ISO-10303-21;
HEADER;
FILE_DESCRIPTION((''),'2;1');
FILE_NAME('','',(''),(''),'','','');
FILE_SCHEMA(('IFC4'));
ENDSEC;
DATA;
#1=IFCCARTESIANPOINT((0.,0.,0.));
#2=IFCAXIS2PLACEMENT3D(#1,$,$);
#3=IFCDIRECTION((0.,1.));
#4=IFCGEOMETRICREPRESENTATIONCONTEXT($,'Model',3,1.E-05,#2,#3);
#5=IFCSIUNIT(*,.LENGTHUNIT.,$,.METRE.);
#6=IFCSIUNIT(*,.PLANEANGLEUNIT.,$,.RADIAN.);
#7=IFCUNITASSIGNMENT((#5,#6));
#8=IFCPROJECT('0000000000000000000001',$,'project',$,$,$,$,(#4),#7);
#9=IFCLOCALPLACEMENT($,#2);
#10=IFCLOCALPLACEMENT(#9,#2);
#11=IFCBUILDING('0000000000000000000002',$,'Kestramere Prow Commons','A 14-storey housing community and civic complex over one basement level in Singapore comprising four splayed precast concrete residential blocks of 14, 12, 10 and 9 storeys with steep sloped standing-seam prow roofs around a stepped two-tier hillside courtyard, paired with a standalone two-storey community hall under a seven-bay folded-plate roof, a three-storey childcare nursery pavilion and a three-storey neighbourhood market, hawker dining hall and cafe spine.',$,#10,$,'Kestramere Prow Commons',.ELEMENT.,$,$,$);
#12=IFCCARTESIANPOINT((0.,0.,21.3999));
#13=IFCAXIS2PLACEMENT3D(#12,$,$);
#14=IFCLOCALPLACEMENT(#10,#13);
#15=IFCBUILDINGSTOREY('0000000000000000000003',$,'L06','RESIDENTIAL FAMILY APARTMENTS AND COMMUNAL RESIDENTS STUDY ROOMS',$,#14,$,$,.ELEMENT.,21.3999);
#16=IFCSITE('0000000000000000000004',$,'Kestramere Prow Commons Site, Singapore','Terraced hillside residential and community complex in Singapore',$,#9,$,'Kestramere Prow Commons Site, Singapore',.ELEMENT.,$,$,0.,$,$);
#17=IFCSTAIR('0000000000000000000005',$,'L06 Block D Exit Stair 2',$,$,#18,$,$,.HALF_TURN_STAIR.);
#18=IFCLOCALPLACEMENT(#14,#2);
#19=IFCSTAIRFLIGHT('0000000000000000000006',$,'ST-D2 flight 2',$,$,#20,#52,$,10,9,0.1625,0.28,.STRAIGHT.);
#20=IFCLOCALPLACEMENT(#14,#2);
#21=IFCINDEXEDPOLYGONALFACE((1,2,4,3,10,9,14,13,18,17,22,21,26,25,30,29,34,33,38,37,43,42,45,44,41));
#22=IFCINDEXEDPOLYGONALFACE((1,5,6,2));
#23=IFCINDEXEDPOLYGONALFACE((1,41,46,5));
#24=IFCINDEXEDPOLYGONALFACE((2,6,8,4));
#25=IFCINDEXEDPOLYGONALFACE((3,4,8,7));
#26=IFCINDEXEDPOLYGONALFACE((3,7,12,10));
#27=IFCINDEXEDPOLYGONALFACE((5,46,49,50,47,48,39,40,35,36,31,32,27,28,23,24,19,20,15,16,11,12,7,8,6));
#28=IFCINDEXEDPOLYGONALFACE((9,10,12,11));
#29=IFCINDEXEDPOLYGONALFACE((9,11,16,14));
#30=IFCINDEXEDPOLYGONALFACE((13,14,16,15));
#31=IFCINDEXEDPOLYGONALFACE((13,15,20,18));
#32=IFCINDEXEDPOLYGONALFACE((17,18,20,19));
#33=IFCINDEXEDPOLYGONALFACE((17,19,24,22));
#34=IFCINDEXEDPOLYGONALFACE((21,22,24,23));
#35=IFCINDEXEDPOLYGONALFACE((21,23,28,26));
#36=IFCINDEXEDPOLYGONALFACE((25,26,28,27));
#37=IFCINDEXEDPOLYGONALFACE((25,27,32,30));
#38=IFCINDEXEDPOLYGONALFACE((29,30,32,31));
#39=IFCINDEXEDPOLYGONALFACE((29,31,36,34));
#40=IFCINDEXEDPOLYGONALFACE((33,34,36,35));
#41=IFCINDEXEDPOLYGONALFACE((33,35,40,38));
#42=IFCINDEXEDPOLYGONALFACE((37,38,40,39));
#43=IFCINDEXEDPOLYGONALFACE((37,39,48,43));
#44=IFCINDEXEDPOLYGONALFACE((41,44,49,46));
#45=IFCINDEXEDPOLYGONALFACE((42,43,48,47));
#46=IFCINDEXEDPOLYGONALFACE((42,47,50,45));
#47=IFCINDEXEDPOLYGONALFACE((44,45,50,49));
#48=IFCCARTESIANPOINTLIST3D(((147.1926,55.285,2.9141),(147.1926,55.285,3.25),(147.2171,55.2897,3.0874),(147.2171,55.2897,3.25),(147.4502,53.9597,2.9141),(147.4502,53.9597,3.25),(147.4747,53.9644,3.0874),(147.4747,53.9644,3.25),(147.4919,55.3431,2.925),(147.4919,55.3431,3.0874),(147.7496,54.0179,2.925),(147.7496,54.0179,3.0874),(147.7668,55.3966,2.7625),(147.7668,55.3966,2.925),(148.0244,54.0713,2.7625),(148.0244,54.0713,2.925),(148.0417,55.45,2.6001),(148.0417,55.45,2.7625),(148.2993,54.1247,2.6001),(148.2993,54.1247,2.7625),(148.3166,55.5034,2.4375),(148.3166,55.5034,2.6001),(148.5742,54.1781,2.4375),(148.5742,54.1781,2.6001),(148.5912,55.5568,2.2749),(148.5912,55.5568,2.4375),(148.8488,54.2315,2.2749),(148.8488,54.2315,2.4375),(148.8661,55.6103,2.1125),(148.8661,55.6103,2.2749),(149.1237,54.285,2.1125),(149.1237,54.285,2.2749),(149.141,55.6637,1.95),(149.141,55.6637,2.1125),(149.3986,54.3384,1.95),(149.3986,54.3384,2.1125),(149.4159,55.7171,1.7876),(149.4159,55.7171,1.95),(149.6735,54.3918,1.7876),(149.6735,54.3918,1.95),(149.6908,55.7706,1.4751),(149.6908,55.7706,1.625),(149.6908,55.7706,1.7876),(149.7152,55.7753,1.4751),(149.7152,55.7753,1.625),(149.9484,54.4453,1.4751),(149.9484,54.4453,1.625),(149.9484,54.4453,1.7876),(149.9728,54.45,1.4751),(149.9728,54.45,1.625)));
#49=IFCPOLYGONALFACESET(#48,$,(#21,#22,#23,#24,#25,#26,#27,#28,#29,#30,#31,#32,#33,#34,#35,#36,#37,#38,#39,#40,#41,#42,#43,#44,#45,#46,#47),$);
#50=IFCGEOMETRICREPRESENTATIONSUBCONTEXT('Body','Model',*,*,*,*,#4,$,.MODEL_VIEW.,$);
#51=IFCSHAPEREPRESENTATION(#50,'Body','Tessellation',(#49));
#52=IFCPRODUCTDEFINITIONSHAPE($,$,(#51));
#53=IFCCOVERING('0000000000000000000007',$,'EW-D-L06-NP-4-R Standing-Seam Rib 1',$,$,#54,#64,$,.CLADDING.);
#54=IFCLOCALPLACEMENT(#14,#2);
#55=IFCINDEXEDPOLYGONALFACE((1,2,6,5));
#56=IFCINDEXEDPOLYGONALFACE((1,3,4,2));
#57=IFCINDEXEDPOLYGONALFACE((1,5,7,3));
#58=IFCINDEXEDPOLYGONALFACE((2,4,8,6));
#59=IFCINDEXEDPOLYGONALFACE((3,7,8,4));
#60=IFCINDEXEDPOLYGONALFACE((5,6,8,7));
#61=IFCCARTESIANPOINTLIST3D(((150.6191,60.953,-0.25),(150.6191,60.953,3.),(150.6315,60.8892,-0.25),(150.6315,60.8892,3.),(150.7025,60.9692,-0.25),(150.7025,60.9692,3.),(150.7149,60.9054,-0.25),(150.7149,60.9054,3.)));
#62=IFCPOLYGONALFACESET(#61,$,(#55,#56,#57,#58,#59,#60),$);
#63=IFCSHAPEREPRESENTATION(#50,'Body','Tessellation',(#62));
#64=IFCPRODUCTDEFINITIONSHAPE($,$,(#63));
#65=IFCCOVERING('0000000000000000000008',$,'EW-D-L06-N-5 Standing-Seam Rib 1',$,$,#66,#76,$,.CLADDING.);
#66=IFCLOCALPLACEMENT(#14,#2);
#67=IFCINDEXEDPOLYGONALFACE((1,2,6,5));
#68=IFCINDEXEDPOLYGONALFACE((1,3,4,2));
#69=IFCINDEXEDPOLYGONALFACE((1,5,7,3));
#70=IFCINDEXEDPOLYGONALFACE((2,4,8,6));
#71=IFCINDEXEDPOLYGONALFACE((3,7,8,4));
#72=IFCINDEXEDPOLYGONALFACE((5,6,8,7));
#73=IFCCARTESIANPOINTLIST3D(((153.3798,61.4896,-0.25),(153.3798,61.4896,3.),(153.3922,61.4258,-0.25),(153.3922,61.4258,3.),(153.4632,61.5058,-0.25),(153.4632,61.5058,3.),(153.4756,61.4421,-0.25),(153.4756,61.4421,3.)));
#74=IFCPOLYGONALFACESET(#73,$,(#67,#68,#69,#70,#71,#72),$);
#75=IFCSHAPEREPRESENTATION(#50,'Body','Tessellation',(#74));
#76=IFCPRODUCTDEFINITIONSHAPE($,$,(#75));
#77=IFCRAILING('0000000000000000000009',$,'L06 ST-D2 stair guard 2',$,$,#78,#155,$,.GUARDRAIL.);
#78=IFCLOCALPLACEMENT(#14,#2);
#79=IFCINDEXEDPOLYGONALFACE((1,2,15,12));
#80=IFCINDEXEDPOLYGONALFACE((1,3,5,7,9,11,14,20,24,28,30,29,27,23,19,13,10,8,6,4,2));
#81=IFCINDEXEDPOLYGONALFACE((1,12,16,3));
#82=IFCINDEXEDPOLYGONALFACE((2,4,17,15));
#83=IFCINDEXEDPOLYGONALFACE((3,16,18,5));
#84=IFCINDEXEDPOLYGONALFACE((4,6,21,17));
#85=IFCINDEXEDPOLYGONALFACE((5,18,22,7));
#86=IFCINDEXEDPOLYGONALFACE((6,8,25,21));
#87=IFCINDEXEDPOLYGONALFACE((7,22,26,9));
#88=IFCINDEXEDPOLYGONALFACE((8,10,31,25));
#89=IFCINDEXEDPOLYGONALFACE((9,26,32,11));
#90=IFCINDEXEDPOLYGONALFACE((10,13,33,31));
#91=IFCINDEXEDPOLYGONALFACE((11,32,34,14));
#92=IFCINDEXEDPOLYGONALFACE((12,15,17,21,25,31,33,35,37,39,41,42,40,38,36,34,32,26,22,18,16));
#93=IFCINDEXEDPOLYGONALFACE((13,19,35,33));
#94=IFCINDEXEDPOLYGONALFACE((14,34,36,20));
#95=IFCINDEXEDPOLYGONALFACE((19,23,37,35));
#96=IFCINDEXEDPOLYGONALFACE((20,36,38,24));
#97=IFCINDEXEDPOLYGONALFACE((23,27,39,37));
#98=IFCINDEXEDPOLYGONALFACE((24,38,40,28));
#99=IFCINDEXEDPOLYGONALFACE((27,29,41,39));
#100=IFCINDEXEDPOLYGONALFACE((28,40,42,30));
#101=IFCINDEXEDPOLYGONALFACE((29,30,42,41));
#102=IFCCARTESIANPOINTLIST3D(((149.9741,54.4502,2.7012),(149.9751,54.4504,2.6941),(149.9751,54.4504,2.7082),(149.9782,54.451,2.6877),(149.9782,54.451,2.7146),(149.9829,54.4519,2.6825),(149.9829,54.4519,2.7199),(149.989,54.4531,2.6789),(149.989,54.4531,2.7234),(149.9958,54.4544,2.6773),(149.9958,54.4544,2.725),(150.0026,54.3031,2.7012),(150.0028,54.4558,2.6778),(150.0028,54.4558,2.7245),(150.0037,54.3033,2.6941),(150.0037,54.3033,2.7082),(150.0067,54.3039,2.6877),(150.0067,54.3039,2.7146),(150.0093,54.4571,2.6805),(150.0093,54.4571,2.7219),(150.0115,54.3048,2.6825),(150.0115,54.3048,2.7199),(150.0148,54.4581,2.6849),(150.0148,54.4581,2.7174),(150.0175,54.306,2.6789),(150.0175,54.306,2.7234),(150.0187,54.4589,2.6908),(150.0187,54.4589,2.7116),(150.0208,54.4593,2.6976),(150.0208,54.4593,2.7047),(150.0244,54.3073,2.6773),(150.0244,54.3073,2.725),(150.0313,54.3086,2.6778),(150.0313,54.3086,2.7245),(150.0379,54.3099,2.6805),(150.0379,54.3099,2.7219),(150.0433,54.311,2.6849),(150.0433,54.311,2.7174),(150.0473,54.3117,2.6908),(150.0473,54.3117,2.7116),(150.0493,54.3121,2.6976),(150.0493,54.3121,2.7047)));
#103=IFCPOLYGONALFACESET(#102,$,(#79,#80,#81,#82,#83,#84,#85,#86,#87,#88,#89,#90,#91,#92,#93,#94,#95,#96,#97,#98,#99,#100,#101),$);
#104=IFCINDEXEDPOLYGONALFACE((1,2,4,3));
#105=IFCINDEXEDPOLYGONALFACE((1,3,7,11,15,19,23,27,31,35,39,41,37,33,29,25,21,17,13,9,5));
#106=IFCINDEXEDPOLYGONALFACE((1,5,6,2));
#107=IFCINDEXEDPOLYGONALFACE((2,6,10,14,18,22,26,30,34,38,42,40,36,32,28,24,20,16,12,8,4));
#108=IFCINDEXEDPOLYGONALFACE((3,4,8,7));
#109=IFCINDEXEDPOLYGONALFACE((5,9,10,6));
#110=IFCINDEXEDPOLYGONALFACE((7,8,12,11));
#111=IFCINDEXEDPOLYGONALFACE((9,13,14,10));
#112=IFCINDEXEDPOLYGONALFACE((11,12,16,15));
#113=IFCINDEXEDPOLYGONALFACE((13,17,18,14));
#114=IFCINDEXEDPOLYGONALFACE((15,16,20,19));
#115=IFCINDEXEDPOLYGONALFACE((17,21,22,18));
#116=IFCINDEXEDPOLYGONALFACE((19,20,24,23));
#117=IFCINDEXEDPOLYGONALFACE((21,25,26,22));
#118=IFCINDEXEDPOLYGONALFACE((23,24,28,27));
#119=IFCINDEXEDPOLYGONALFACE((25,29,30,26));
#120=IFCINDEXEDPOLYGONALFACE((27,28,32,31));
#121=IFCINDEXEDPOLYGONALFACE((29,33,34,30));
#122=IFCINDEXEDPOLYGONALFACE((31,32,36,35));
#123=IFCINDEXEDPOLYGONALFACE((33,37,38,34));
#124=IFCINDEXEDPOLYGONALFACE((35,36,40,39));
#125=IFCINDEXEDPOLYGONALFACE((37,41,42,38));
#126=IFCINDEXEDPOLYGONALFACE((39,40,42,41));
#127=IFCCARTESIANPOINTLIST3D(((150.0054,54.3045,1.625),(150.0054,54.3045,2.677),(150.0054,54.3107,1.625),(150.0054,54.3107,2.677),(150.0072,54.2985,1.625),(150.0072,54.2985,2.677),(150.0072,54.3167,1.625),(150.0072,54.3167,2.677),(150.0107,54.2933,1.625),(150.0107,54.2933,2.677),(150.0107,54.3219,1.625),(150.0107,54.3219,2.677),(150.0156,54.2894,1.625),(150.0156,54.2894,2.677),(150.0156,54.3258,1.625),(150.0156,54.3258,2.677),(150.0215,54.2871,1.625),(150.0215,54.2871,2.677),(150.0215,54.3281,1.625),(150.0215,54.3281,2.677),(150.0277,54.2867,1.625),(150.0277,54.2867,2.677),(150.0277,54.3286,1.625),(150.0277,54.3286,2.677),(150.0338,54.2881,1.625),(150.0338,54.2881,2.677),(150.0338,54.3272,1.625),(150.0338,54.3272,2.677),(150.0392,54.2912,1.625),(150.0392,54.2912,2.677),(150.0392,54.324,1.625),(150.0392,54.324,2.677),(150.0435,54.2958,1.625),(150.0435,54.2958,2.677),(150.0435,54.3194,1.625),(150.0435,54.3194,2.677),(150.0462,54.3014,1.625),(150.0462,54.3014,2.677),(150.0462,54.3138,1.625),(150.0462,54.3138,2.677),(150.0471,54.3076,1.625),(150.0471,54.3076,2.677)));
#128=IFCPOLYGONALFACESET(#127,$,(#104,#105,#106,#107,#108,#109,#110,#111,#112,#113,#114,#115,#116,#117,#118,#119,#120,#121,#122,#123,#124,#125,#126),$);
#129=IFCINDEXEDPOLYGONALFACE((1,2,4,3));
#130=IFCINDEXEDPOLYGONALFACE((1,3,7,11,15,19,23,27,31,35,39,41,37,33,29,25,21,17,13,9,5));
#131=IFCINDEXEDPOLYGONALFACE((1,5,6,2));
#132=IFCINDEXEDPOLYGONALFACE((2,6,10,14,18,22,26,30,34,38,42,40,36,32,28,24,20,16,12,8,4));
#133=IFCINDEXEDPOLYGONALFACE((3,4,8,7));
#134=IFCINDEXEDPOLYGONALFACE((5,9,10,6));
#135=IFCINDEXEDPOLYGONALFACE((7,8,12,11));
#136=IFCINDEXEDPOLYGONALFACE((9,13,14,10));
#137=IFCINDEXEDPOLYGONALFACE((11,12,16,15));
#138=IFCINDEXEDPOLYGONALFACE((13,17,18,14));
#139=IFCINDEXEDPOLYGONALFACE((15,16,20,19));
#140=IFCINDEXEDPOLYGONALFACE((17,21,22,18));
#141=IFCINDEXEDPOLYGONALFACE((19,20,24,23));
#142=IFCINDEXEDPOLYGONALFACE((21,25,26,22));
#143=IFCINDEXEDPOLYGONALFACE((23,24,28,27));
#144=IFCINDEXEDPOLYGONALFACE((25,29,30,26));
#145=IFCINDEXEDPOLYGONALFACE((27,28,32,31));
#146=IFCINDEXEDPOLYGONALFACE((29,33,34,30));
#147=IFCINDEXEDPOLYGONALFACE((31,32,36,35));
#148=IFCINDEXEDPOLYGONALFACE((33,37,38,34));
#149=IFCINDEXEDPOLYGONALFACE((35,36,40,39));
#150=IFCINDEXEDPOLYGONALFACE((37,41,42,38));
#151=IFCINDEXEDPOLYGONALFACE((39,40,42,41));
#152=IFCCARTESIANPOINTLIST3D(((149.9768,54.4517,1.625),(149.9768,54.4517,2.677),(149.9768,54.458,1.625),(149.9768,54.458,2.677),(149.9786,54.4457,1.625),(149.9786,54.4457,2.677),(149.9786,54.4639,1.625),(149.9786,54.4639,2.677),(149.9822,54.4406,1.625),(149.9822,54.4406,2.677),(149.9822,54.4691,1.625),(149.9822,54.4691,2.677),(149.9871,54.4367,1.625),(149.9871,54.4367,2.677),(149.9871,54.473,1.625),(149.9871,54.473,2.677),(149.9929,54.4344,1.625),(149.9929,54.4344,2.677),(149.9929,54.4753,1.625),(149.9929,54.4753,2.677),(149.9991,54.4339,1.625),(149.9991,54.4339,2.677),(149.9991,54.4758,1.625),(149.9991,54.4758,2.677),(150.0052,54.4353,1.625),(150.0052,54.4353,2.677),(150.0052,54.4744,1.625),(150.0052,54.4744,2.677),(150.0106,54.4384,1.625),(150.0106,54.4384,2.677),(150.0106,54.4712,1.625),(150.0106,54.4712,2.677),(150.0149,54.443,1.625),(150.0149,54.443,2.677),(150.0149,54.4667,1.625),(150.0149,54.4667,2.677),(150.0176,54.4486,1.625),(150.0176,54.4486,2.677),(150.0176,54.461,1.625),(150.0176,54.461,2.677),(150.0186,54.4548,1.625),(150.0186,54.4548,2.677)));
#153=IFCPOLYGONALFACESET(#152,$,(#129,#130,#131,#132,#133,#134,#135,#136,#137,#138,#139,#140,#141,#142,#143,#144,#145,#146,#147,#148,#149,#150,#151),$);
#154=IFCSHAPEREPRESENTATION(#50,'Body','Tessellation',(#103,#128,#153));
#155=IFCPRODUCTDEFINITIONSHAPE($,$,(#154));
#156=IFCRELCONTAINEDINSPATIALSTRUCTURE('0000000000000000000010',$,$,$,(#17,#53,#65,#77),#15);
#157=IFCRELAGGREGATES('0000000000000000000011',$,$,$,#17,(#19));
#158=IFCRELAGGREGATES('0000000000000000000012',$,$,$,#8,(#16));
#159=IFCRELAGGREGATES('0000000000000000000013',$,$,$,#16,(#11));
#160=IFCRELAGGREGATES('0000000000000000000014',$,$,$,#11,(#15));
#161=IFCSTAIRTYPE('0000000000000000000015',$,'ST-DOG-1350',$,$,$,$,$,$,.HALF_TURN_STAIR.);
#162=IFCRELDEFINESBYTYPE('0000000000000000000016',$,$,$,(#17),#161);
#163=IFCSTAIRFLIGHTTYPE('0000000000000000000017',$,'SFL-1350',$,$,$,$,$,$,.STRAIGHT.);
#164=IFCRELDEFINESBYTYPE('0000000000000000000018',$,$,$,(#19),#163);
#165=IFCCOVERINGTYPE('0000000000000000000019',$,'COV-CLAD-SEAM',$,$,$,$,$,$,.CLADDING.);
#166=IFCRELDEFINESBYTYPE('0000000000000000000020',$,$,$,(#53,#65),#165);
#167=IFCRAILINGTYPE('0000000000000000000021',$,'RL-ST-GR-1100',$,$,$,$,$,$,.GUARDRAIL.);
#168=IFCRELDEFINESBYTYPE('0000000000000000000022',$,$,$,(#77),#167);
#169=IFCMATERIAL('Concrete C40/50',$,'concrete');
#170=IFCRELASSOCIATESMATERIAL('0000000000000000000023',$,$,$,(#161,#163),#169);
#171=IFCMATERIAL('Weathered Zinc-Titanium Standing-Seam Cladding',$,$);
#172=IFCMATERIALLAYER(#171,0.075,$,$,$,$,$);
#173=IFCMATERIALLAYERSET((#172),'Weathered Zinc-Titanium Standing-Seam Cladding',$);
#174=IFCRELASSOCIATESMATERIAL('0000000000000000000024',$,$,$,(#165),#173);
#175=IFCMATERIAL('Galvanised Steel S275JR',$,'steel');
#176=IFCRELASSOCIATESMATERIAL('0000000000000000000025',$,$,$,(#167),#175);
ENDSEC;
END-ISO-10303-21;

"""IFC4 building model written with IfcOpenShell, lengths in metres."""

from ifc_helpers import new_model, si_unit, direction, frame, origin, origin_2d, place, context, subcontext, project, spatial, polyline, rectangle, circle, outline, extrude, material, layer, layer_set, type_object, element, aggregate, save


model = new_model("IFC4")

# Units and contexts
model_context = context("Model", 3, precision=1e-05, world=origin(), true_north=direction((0.0, 1.0)))
body_context = subcontext(model_context, "Body", "Model", "MODEL_VIEW")
ifc_project = project(units=[si_unit("LENGTHUNIT", "METRE"), si_unit("PLANEANGLEUNIT", "RADIAN")], contexts=[model_context])

# Site, building, storey
site_placement = place(None, origin())
site = spatial("IfcSite", under=ifc_project, at=site_placement, Name="Kestramere Prow Commons Site, Singapore", Description="Terraced hillside residential and community complex in Singapore", LongName="Kestramere Prow Commons Site, Singapore", CompositionType="ELEMENT", RefElevation=0.0)
building_placement = place(site_placement, origin())
building = spatial("IfcBuilding", under=site, at=building_placement, Name="Kestramere Prow Commons", Description="A 14-storey housing community and civic complex over one basement level in Singapore comprising four splayed precast concrete residential blocks of 14, 12, 10 and 9 storeys with steep sloped standing-seam prow roofs around a stepped two-tier hillside courtyard, paired with a standalone two-storey community hall under a seven-bay folded-plate roof, a three-storey childcare nursery pavilion and a three-storey neighbourhood market, hawker dining hall and cafe spine.", LongName="Kestramere Prow Commons", CompositionType="ELEMENT")
storey_placement = place(building_placement, frame((0.0, 0.0, 21.3999)))
storey = spatial("IfcBuildingStorey", under=building, at=storey_placement, Name="L06", Description="RESIDENTIAL FAMILY APARTMENTS AND COMMUNAL RESIDENTS STUDY ROOMS", CompositionType="ELEMENT", Elevation=21.3999)

# Shared definitions
ifc_material_1 = material(Name="Concrete C40/50", Category="concrete")

# Stair, stair flight
stair_type = type_object("IfcStairType", Name="ST-DOG-1350", PredefinedType="HALF_TURN_STAIR", material=ifc_material_1)
stair_placement = place(storey_placement, origin())
stair = element("IfcStair", 1, at=stair_placement, inside=storey, type_object=stair_type, Name="L06 Block D Exit Stair 2", PredefinedType="HALF_TURN_STAIR")
stair_flight_type = type_object("IfcStairFlightType", Name="SFL-1350", PredefinedType="STRAIGHT", material=ifc_material_1)
stair_flight_placement = place(storey_placement, frame((149.8196, 55.1079, 1.625), z_axis=(0.0, 0.0, 1.0), x_axis=(-0.981627, -0.190809, 0.0)))
stair_flight = element("IfcStairFlight", 2, at=stair_flight_placement, type_object=stair_flight_type, Name="ST-D2 flight 2", NumberOfRisers=10, NumberOfTreads=9, PredefinedType="STRAIGHT", RiserHeight=0.1625, TreadLength=0.28, context=body_context, shape_type="SweptSolid", body=[
    extrude(outline(polyline([(-0.0249, 0.0), (0.0, 0.0), (0.0, 0.1626), (0.28, 0.1626), (0.28, 0.325), (0.5601, 0.325), (0.5601, 0.4875), (0.8401, 0.4875), (0.8401, 0.6499), (1.1201, 0.6499), (1.1201, 0.8125), (1.3999, 0.8125), (1.3999, 0.9751), (1.6799, 0.9751), (1.6799, 1.1375), (1.96, 1.1375), (1.96, 1.3), (2.24, 1.3), (2.24, 1.4624), (2.52, 1.4624), (2.52, 1.625), (2.5449, 1.625), (2.5449, 1.2891), (0.0, -0.1499), (-0.0249, -0.1499), (-0.0249, 0.0)])), frame((0.0, 0.675, 0.0), z_axis=(0.0, -1.0, 0.0), x_axis=(1.0, 0.0, 0.0)), (0.0, 0.0, 1.0), 1.3501),
])
aggregate(stair, [stair_flight])

# Coverings
ifc_material_2 = material(Name="Weathered Zinc-Titanium Standing-Seam Cladding")
ifc_layer_1 = layer(ifc_material_2, 0.075)
ifc_layer_set_1 = layer_set([ifc_layer_1], Name="Weathered Zinc-Titanium Standing-Seam Cladding")
covering_type = type_object("IfcCoveringType", Name="COV-CLAD-SEAM", PredefinedType="CLADDING", material=ifc_layer_set_1)
for number, where, z_axis, x_axis, name in (
    (3, (150.667, 60.9292, -0.25), (0.0, 0.0, 1.0), (0.981627, 0.190809, 0.0), "EW-D-L06-NP-4-R Standing-Seam Rib 1"),
    (4, (153.4277, 61.4658, -0.25), (0.0, 0.0, 1.0), (0.981627, 0.190809, 0.0), "EW-D-L06-N-5 Standing-Seam Rib 1"),
):
    element("IfcCovering", number, at=place(storey_placement, frame(where, z_axis=z_axis, x_axis=x_axis)), inside=storey, type_object=covering_type, Name=name, PredefinedType="CLADDING", context=body_context, shape_type="SweptSolid", body=[
        extrude(rectangle(XDim=0.085, YDim=0.0649, at=origin_2d()), origin(), (0.0, 0.0, 1.0), 3.25),
    ])

# Railing
ifc_material_3 = material(Name="Galvanised Steel S275JR", Category="steel")
railing_type = type_object("IfcRailingType", Name="RL-ST-GR-1100", PredefinedType="GUARDRAIL", material=ifc_material_3)
railing_1_placement = place(storey_placement, frame((150.0261, 54.3076, 1.625)))
element("IfcRailing", 5, at=railing_1_placement, inside=storey, type_object=railing_type, Name="L06 ST-D2 stair guard 2", PredefinedType="GUARDRAIL", context=body_context, shape_type="SweptSolid", body=[
    extrude(circle(Radius=0.0239, at=origin_2d()), frame((0.0, 0.0, 1.0762), z_axis=(-0.190477, 0.981692, 0.0), x_axis=(-0.981692, -0.190477, 0.0)), (0.0, 0.0, 1.0), 0.1499),
    extrude(circle(Radius=0.021, at=origin_2d()), origin(), (0.0, 0.0, 1.0), 1.052),
    extrude(circle(Radius=0.021, at=origin_2d()), frame((-0.0286, 0.1472, 0.0)), (0.0, 0.0, 1.0), 1.052),
])

save(model, "model.ifc")
